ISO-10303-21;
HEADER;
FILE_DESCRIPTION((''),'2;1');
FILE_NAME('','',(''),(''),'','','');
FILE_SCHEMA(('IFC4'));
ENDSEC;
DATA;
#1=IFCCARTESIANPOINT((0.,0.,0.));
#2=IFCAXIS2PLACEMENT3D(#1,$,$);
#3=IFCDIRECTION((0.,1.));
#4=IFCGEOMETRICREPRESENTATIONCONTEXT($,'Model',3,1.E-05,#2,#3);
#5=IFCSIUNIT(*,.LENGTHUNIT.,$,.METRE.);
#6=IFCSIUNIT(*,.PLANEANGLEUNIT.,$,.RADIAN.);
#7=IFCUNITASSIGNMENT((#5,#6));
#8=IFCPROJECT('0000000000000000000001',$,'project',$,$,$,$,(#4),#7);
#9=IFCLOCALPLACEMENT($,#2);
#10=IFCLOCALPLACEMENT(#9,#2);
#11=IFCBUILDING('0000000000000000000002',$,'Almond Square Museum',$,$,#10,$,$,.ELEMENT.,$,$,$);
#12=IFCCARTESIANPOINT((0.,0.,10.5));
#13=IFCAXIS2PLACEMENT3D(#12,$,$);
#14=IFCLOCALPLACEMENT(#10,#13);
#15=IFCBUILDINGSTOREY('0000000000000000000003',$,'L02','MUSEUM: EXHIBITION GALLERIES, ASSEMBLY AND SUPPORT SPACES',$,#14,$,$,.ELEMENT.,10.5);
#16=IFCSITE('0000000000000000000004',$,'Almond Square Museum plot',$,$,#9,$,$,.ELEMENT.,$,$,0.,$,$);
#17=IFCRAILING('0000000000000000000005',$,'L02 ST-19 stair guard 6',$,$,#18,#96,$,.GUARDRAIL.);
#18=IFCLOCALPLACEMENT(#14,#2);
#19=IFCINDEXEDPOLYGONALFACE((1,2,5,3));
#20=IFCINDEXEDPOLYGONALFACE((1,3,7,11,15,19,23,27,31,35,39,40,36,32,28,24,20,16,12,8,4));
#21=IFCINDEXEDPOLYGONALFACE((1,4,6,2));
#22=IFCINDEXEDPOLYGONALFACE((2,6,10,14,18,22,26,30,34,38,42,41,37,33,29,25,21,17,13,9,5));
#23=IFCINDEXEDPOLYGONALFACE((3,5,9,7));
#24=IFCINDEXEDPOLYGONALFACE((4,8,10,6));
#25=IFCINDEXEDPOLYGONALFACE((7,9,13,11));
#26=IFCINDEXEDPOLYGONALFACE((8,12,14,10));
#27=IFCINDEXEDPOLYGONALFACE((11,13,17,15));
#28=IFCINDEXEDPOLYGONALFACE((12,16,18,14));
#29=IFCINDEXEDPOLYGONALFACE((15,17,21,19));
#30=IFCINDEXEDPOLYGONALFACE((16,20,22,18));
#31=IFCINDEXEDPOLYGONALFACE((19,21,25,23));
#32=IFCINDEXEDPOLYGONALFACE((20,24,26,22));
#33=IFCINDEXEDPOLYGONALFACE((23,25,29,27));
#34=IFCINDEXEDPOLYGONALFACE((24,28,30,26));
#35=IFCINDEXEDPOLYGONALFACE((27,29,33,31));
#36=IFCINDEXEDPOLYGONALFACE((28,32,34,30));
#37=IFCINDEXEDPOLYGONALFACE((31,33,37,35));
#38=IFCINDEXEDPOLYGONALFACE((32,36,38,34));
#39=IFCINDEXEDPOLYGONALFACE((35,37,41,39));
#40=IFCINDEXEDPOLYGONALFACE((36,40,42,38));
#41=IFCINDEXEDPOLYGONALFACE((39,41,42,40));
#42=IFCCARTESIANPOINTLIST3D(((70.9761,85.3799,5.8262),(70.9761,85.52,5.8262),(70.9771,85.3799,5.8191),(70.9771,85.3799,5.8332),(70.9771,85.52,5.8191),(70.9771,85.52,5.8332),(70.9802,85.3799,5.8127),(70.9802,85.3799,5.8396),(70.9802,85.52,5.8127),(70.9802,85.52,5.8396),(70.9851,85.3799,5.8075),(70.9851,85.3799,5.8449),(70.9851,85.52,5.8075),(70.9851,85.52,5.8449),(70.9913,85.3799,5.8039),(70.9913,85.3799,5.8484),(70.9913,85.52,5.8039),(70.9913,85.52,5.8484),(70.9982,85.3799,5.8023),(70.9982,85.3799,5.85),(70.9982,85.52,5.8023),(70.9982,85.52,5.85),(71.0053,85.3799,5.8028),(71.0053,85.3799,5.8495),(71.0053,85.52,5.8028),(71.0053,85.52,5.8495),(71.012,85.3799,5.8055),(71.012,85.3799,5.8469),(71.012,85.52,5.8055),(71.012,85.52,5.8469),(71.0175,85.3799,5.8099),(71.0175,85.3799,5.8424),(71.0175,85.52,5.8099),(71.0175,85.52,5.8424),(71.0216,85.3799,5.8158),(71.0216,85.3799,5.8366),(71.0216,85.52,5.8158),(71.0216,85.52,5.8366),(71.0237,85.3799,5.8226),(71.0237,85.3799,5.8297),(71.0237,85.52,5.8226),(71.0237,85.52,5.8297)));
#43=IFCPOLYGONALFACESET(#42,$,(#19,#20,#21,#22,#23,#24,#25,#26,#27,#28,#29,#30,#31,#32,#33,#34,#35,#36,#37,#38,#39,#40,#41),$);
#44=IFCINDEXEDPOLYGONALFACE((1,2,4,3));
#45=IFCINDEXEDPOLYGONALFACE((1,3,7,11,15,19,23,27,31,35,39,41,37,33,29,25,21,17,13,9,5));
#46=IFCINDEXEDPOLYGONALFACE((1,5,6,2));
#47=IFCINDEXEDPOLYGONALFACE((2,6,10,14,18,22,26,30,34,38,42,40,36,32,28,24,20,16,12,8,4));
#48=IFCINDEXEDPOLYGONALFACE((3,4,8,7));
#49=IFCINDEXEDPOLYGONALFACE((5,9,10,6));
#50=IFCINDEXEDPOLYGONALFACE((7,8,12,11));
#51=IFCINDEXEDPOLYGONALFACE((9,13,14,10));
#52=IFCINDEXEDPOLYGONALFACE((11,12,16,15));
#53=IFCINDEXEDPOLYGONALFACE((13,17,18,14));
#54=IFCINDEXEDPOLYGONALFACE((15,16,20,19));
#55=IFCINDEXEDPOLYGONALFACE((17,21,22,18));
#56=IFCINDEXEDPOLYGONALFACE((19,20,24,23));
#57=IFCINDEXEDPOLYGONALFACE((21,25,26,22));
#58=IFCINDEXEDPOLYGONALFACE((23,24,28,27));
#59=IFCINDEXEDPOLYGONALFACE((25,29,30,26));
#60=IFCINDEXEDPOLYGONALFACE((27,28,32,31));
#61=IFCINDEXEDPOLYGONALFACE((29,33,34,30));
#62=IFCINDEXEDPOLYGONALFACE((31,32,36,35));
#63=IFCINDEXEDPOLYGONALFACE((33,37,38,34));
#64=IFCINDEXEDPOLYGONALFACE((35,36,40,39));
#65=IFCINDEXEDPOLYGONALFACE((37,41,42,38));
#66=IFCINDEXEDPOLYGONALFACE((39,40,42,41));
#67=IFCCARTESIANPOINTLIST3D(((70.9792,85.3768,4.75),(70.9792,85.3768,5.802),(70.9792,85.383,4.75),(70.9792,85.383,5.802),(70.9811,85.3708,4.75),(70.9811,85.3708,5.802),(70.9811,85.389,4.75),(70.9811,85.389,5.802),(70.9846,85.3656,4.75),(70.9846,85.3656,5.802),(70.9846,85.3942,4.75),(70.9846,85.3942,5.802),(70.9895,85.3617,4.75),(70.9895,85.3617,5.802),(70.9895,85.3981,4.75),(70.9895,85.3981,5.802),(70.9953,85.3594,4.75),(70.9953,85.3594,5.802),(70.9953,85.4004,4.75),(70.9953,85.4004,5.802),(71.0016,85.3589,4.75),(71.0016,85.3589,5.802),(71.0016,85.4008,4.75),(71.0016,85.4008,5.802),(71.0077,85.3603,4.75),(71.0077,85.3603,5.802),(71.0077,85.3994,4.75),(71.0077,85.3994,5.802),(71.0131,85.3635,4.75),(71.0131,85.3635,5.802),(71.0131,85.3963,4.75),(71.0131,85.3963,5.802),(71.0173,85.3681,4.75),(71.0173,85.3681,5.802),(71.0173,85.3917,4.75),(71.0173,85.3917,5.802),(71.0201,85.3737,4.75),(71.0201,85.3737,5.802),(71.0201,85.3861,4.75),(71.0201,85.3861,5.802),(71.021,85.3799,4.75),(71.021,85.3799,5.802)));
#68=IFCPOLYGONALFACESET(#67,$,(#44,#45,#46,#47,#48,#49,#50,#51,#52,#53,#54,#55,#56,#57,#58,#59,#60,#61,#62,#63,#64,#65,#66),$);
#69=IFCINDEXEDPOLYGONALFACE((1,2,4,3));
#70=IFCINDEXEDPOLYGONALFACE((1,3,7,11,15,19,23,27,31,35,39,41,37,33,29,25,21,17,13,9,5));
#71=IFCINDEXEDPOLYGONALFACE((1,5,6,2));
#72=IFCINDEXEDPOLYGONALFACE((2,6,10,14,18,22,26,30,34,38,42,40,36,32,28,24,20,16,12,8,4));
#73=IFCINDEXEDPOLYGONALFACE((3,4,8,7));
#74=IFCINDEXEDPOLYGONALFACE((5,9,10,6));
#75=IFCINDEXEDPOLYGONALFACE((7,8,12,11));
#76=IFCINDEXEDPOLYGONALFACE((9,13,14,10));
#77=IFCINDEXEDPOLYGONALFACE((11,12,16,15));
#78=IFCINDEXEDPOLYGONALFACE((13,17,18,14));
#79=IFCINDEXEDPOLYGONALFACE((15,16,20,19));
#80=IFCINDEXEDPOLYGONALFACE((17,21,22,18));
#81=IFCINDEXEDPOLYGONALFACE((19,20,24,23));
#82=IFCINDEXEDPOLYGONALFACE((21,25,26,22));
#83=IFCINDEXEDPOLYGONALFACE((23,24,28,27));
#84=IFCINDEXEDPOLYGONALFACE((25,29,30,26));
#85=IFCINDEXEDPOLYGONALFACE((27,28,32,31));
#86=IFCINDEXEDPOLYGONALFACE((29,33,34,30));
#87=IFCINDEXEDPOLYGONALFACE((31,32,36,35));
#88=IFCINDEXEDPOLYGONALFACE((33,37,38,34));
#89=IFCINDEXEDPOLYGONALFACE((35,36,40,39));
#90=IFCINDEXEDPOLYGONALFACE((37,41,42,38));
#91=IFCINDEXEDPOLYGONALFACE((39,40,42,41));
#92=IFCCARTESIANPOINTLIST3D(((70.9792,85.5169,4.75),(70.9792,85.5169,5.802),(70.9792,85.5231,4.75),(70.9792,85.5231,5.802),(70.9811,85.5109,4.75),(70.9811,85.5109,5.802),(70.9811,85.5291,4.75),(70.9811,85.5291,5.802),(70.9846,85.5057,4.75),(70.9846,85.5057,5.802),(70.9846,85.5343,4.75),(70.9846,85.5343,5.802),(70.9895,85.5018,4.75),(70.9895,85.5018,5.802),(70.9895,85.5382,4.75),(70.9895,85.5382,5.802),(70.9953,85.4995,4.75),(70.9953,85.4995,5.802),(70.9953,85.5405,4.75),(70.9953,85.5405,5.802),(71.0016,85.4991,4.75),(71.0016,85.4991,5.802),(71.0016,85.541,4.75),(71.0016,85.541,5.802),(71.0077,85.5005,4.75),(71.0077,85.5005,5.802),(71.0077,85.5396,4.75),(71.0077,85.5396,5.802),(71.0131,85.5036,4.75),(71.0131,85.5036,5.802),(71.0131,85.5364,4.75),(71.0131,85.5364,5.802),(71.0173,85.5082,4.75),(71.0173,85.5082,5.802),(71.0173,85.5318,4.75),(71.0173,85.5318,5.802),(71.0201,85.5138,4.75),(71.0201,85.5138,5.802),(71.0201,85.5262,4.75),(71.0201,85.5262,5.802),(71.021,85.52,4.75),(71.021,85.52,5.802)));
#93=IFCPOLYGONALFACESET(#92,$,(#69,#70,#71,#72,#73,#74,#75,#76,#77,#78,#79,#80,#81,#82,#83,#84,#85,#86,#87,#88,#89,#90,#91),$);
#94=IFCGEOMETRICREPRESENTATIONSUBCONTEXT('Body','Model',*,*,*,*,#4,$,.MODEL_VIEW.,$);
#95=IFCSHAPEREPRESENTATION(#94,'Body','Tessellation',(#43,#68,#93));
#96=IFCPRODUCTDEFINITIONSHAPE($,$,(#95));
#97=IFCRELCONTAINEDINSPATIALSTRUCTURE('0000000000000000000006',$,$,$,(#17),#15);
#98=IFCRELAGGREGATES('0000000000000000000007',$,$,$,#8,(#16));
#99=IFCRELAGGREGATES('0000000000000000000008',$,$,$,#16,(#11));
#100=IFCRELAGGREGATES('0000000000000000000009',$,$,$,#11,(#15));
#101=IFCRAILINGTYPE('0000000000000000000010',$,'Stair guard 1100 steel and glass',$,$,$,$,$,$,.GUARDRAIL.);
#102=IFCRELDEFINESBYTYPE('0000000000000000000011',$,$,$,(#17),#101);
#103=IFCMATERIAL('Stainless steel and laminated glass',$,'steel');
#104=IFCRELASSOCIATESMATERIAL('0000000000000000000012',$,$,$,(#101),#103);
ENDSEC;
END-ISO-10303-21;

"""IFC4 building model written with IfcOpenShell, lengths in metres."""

from ifc_helpers import new_model, si_unit, direction, frame, origin, origin_2d, place, context, subcontext, project, spatial, circle, extrude, material, type_object, element, save


model = new_model("IFC4")

# Units and contexts
model_context = context("Model", 3, precision=1e-05, world=origin(), true_north=direction((0.0, 1.0)))
body_context = subcontext(model_context, "Body", "Model", "MODEL_VIEW")
ifc_project = project(units=[si_unit("LENGTHUNIT", "METRE"), si_unit("PLANEANGLEUNIT", "RADIAN")], contexts=[model_context])

# Site, building, storey
site_placement = place(None, origin())
site = spatial("IfcSite", under=ifc_project, at=site_placement, Name="Almond Square Museum plot", CompositionType="ELEMENT", RefElevation=0.0)
building_placement = place(site_placement, origin())
building = spatial("IfcBuilding", under=site, at=building_placement, Name="Almond Square Museum", CompositionType="ELEMENT")
storey_placement = place(building_placement, frame((0.0, 0.0, 10.5)))
storey = spatial("IfcBuildingStorey", under=building, at=storey_placement, Name="L02", Description="MUSEUM: EXHIBITION GALLERIES, ASSEMBLY AND SUPPORT SPACES", CompositionType="ELEMENT", Elevation=10.5)

# Railing
ifc_material_1 = material(Name="Stainless steel and laminated glass", Category="steel")
railing_type_1 = type_object("IfcRailingType", Name="Stair guard 1100 steel and glass", PredefinedType="GUARDRAIL", material=ifc_material_1)
railing_1_placement = place(storey_placement, frame((71.0, 85.3799, 4.75)))
element("IfcRailing", 1, at=railing_1_placement, inside=storey, type_object=railing_type_1, Name="L02 ST-19 stair guard 6", PredefinedType="GUARDRAIL", context=body_context, shape_type="SweptSolid", body=[
    extrude(circle(Radius=0.0239, at=origin_2d()), frame((0.0, 0.0, 1.0762), z_axis=(0.0, 1.0, 0.0), x_axis=(-1.0, 0.0, 0.0)), (0.0, 0.0, 1.0), 0.1401),
    extrude(circle(Radius=0.021, at=origin_2d()), origin(), (0.0, 0.0, 1.0), 1.052),
    extrude(circle(Radius=0.021, at=origin_2d()), frame((0.0, 0.1401, 0.0)), (0.0, 0.0, 1.0), 1.052),
])

save(model, "model.ifc")
